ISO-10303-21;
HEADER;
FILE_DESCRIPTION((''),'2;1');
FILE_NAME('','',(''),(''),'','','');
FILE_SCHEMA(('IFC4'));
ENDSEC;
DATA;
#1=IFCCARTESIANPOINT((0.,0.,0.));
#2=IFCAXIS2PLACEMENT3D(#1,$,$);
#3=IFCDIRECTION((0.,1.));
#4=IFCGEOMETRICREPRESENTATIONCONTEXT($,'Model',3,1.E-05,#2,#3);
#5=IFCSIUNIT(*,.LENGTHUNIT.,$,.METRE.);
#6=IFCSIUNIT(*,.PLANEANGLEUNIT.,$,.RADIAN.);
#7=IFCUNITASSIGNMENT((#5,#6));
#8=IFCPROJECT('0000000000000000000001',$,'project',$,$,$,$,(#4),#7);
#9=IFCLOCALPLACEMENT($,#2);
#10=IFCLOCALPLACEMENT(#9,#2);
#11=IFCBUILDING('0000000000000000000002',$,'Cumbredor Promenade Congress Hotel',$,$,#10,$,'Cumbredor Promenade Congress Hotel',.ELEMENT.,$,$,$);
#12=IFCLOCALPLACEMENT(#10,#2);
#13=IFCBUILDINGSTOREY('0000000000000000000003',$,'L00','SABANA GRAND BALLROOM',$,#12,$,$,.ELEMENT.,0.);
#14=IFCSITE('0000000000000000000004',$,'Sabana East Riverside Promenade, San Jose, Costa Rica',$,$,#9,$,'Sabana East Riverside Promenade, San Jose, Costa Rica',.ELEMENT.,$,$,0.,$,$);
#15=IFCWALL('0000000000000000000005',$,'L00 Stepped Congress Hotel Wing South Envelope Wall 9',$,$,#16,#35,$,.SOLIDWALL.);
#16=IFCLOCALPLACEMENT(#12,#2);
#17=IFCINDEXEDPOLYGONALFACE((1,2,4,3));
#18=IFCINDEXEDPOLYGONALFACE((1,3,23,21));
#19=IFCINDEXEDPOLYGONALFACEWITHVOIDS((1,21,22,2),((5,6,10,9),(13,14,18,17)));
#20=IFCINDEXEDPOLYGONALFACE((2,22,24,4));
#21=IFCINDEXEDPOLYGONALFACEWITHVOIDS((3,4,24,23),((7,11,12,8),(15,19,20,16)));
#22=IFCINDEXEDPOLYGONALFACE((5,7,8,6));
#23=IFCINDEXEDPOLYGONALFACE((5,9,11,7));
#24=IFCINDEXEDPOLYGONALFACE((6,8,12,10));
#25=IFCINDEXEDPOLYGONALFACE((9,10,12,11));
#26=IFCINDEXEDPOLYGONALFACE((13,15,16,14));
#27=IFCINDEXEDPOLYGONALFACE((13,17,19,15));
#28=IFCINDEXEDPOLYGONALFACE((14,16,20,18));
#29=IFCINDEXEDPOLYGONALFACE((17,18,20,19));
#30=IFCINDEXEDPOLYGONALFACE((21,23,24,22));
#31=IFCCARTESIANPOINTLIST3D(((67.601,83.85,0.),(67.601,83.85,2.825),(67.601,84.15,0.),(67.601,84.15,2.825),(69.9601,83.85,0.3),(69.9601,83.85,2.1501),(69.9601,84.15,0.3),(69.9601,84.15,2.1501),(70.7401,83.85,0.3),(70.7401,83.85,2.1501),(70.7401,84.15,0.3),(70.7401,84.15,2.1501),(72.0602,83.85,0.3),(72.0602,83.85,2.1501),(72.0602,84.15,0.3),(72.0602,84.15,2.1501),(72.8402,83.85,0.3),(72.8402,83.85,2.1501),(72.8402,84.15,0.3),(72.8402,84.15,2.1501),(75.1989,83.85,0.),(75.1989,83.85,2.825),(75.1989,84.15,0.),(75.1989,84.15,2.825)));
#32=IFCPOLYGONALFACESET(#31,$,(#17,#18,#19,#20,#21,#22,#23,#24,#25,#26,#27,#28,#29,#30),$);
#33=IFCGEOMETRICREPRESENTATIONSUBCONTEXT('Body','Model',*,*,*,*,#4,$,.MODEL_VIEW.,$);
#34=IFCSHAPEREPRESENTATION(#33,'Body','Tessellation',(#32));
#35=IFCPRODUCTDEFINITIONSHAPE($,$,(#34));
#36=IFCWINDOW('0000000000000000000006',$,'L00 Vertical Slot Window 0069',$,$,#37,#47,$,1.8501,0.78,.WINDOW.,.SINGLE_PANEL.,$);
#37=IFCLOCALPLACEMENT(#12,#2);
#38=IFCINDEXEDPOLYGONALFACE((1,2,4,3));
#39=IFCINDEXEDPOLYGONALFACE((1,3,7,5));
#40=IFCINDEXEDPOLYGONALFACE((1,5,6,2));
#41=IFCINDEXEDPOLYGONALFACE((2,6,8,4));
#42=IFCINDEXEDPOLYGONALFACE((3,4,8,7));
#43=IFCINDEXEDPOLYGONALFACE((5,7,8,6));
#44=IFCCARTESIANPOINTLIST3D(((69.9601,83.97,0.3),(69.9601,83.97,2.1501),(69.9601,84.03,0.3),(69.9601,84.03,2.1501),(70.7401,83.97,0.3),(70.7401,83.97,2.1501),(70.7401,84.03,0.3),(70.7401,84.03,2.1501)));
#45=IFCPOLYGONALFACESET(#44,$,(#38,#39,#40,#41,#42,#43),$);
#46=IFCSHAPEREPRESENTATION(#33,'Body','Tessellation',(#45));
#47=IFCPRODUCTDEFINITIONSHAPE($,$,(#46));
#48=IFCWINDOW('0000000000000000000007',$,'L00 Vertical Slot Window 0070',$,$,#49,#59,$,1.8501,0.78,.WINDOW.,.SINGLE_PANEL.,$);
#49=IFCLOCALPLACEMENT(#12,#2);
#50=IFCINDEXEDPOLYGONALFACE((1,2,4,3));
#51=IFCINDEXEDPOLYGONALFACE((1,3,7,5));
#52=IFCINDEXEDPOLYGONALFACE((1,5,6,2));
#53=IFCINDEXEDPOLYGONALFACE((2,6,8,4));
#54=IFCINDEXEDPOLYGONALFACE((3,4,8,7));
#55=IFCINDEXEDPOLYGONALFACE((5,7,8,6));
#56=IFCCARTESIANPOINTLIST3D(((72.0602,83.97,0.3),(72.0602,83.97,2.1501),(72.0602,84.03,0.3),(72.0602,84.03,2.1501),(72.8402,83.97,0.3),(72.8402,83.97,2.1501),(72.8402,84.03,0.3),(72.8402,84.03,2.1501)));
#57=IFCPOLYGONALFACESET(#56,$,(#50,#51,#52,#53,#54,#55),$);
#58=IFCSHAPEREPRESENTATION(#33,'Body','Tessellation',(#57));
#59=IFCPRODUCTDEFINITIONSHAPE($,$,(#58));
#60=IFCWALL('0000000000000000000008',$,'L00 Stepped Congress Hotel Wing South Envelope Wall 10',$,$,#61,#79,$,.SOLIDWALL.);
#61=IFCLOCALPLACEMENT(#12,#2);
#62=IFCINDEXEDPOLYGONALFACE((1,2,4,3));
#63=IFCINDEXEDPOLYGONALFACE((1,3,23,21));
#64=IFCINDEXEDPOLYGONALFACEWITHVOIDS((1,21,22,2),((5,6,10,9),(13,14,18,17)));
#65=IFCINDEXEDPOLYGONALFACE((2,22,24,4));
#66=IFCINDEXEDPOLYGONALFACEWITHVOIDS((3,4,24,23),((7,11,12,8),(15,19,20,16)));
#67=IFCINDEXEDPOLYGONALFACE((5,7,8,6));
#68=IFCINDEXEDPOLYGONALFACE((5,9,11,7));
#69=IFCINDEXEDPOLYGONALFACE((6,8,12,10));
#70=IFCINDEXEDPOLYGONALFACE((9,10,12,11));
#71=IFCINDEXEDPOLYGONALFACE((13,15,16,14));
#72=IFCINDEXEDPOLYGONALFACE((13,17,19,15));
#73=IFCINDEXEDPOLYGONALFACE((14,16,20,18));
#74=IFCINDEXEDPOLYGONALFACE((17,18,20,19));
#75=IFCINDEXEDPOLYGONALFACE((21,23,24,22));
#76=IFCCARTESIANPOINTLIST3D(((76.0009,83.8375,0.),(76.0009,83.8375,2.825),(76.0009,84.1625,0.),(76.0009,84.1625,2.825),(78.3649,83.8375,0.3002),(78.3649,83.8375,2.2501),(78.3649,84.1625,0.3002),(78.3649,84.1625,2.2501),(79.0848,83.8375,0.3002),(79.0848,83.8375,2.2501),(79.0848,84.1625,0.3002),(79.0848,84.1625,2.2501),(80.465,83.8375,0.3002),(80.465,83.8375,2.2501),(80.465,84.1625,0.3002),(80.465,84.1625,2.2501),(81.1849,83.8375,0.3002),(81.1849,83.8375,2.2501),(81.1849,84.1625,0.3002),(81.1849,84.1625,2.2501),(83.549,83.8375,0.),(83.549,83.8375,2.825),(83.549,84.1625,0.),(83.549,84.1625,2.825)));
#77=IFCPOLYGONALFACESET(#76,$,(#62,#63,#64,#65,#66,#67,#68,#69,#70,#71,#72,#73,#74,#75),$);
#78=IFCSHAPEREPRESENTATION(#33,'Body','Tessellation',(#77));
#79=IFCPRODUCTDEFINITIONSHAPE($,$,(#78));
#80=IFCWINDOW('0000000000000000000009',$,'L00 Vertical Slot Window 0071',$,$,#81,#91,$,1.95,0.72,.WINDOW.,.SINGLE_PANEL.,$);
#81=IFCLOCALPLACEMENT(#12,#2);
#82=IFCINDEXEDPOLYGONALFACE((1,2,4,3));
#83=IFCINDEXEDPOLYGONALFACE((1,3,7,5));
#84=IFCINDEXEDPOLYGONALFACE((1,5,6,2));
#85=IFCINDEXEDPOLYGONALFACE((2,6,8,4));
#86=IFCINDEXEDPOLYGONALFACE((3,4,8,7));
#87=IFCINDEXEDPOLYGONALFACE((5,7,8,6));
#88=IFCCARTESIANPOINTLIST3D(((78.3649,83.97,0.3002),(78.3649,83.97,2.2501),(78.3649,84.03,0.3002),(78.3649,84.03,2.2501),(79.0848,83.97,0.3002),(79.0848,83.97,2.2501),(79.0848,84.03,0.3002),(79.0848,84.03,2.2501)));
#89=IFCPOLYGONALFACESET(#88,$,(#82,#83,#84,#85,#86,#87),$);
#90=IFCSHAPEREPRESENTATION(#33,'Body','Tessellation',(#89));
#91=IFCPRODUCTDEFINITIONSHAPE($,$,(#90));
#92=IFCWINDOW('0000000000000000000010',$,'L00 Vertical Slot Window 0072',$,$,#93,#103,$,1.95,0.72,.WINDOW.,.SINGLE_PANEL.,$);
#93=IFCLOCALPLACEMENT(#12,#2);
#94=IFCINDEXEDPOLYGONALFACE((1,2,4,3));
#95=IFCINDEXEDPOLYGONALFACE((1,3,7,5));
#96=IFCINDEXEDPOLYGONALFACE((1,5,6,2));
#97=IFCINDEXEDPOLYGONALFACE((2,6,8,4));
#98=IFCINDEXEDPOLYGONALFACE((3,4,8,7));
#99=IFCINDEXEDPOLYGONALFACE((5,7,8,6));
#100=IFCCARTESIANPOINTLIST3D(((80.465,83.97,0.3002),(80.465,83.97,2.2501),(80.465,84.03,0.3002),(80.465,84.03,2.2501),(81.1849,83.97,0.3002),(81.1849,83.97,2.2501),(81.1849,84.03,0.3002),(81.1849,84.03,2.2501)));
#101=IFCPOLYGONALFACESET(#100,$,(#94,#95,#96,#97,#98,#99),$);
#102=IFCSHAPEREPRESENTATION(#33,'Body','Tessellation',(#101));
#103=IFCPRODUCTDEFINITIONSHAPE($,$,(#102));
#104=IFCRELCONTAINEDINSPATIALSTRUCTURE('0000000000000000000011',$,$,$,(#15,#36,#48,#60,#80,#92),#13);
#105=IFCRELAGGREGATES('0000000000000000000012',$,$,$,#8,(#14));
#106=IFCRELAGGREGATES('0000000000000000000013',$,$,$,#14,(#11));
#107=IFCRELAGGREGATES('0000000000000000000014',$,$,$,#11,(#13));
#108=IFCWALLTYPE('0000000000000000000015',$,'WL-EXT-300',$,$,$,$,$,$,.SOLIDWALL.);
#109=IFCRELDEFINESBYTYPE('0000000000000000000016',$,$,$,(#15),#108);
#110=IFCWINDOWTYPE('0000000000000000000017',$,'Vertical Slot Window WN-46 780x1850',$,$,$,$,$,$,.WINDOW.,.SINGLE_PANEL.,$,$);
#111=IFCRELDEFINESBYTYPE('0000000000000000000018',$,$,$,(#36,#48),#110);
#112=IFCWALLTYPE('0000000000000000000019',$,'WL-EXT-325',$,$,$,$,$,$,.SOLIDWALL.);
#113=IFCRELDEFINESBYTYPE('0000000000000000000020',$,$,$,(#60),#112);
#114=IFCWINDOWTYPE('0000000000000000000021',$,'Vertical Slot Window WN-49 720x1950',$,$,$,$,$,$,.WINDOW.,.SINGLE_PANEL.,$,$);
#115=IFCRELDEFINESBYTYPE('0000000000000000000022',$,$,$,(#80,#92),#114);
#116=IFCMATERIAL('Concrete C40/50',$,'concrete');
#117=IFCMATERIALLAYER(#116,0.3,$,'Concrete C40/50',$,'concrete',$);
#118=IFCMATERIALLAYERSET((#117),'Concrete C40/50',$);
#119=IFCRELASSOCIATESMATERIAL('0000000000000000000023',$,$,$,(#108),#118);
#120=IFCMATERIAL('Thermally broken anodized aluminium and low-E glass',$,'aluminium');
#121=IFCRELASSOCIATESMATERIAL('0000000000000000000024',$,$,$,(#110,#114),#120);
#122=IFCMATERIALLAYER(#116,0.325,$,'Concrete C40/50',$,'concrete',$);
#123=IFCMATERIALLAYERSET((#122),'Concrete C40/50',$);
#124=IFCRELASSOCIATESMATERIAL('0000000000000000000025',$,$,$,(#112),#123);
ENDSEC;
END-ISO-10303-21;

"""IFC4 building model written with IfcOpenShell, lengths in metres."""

from ifc_helpers import new_model, si_unit, direction, frame, frame_2d, origin, place, context, subcontext, project, spatial, rectangle, extrude, material, layer, layer_set, type_object, element, fill, save


model = new_model("IFC4")

# Units and contexts
model_context = context("Model", 3, precision=1e-05, world=origin(), true_north=direction((0.0, 1.0)))
body_context = subcontext(model_context, "Body", "Model", "MODEL_VIEW")
ifc_project = project(units=[si_unit("LENGTHUNIT", "METRE"), si_unit("PLANEANGLEUNIT", "RADIAN")], contexts=[model_context])

# Site, building, storey
site_placement = place(None, origin())
site = spatial("IfcSite", under=ifc_project, at=site_placement, Name="Sabana East Riverside Promenade, San Jose, Costa Rica", LongName="Sabana East Riverside Promenade, San Jose, Costa Rica", CompositionType="ELEMENT", RefElevation=0.0)
building_placement = place(site_placement, origin())
building = spatial("IfcBuilding", under=site, at=building_placement, Name="Cumbredor Promenade Congress Hotel", LongName="Cumbredor Promenade Congress Hotel", CompositionType="ELEMENT")
storey_placement = place(building_placement, origin())
storey = spatial("IfcBuildingStorey", under=building, at=storey_placement, Name="L00", Description="SABANA GRAND BALLROOM", CompositionType="ELEMENT", Elevation=0.0)

# Shared definitions
ifc_material_1 = material(Name="Concrete C40/50", Category="concrete")

# Walls, openings, windows
ifc_layer_1 = layer(ifc_material_1, 0.3, Name="Concrete C40/50", Category="concrete")
ifc_layer_set_1 = layer_set([ifc_layer_1], Name="Concrete C40/50")
wall_type_1 = type_object("IfcWallType", Name="WL-EXT-300", PredefinedType="SOLIDWALL", material=ifc_layer_set_1)
wall_1_placement = place(storey_placement, frame((67.6011, 84.0, 0.0), z_axis=(0.0, 0.0, 1.0), x_axis=(1.0, 0.0, 0.0)))
wall_1 = element("IfcWall", 1, at=wall_1_placement, inside=storey, type_object=wall_type_1, Name="L00 Stepped Congress Hotel Wing South Envelope Wall 9", PredefinedType="SOLIDWALL", context=body_context, shape_type="SweptSolid", body=[
    extrude(rectangle(XDim=7.5979, YDim=0.3, at=frame_2d((3.7988, 0.0))), origin(), (0.0, 0.0, 1.0), 2.825),
])
opening_1_placement = place(wall_1_placement, frame((2.3589, 0.0, 0.3)))
opening_1 = element("IfcOpeningElement", 2, at=opening_1_placement, cuts=wall_1, PredefinedType="OPENING", context=body_context, shape_type="SweptSolid", body=[
    extrude(rectangle(XDim=0.78, YDim=1.8501, at=frame_2d((0.3901, 0.925))), frame((0.0, 0.1602, 0.0), z_axis=(0.0, -1.0, 0.0), x_axis=(1.0, 0.0, 0.0)), (0.0, 0.0, 1.0), 0.3201),
])
opening_2_placement = place(wall_1_placement, frame((4.459, 0.0, 0.3)))
opening_2 = element("IfcOpeningElement", 3, at=opening_2_placement, cuts=wall_1, PredefinedType="OPENING", context=body_context, shape_type="SweptSolid", body=[
    extrude(rectangle(XDim=0.78, YDim=1.8501, at=frame_2d((0.3901, 0.925))), frame((0.0, 0.1602, 0.0), z_axis=(0.0, -1.0, 0.0), x_axis=(1.0, 0.0, 0.0)), (0.0, 0.0, 1.0), 0.3201),
])
ifc_material_2 = material(Name="Thermally broken anodized aluminium and low-E glass", Category="aluminium")
window_type_1 = type_object("IfcWindowType", Name="Vertical Slot Window WN-46 780x1850", PartitioningType="SINGLE_PANEL", PredefinedType="WINDOW", material=ifc_material_2)
window_1_placement = place(opening_1_placement, origin())
window_1 = element("IfcWindow", 4, at=window_1_placement, inside=storey, type_object=window_type_1, Name="L00 Vertical Slot Window 0069", OverallHeight=1.8501, OverallWidth=0.78, PartitioningType="SINGLE_PANEL", PredefinedType="WINDOW", context=body_context, shape_type="SweptSolid", body=[
    extrude(rectangle(XDim=0.78, YDim=1.8501, at=frame_2d((0.3901, 0.925))), frame((0.0, 0.03, 0.0), z_axis=(0.0, -1.0, 0.0), x_axis=(1.0, 0.0, 0.0)), (0.0, 0.0, 1.0), 0.0601),
])
fill(opening_1, window_1)
window_2_placement = place(opening_2_placement, origin())
window_2 = element("IfcWindow", 5, at=window_2_placement, inside=storey, type_object=window_type_1, Name="L00 Vertical Slot Window 0070", OverallHeight=1.8501, OverallWidth=0.78, PartitioningType="SINGLE_PANEL", PredefinedType="WINDOW", context=body_context, shape_type="SweptSolid", body=[
    extrude(rectangle(XDim=0.78, YDim=1.8501, at=frame_2d((0.3901, 0.925))), frame((0.0, 0.03, 0.0), z_axis=(0.0, -1.0, 0.0), x_axis=(1.0, 0.0, 0.0)), (0.0, 0.0, 1.0), 0.0601),
])
fill(opening_2, window_2)
ifc_layer_2 = layer(ifc_material_1, 0.325, Name="Concrete C40/50", Category="concrete")
ifc_layer_set_2 = layer_set([ifc_layer_2], Name="Concrete C40/50")
wall_type_2 = type_object("IfcWallType", Name="WL-EXT-325", PredefinedType="SOLIDWALL", material=ifc_layer_set_2)
wall_2_placement = place(storey_placement, frame((76.001, 84.0, 0.0), z_axis=(0.0, 0.0, 1.0), x_axis=(1.0, 0.0, 0.0)))
wall_2 = element("IfcWall", 6, at=wall_2_placement, inside=storey, type_object=wall_type_2, Name="L00 Stepped Congress Hotel Wing South Envelope Wall 10", PredefinedType="SOLIDWALL", context=body_context, shape_type="SweptSolid", body=[
    extrude(rectangle(XDim=7.5481, YDim=0.325, at=frame_2d((3.7739, 0.0))), origin(), (0.0, 0.0, 1.0), 2.825),
])
opening_3_placement = place(wall_2_placement, frame((2.364, 0.0, 0.3)))
opening_3 = element("IfcOpeningElement", 7, at=opening_3_placement, cuts=wall_2, PredefinedType="OPENING", context=body_context, shape_type="SweptSolid", body=[
    extrude(rectangle(XDim=0.72, YDim=1.95, at=frame_2d((0.3599, 0.9751))), frame((0.0, 0.1724, 0.0), z_axis=(0.0, -1.0, 0.0), x_axis=(1.0, 0.0, 0.0)), (0.0, 0.0, 1.0), 0.345),
])
opening_4_placement = place(wall_2_placement, frame((4.4641, 0.0, 0.3)))
opening_4 = element("IfcOpeningElement", 8, at=opening_4_placement, cuts=wall_2, PredefinedType="OPENING", context=body_context, shape_type="SweptSolid", body=[
    extrude(rectangle(XDim=0.72, YDim=1.95, at=frame_2d((0.3599, 0.9751))), frame((0.0, 0.1724, 0.0), z_axis=(0.0, -1.0, 0.0), x_axis=(1.0, 0.0, 0.0)), (0.0, 0.0, 1.0), 0.345),
])
window_type_2 = type_object("IfcWindowType", Name="Vertical Slot Window WN-49 720x1950", PartitioningType="SINGLE_PANEL", PredefinedType="WINDOW", material=ifc_material_2)
window_3_placement = place(opening_3_placement, origin())
window_3 = element("IfcWindow", 9, at=window_3_placement, inside=storey, type_object=window_type_2, Name="L00 Vertical Slot Window 0071", OverallHeight=1.95, OverallWidth=0.72, PartitioningType="SINGLE_PANEL", PredefinedType="WINDOW", context=body_context, shape_type="SweptSolid", body=[
    extrude(rectangle(XDim=0.72, YDim=1.95, at=frame_2d((0.3599, 0.9751))), frame((0.0, 0.03, 0.0), z_axis=(0.0, -1.0, 0.0), x_axis=(1.0, 0.0, 0.0)), (0.0, 0.0, 1.0), 0.0601),
])
fill(opening_3, window_3)
window_4_placement = place(opening_4_placement, origin())
window_4 = element("IfcWindow", 10, at=window_4_placement, inside=storey, type_object=window_type_2, Name="L00 Vertical Slot Window 0072", OverallHeight=1.95, OverallWidth=0.72, PartitioningType="SINGLE_PANEL", PredefinedType="WINDOW", context=body_context, shape_type="SweptSolid", body=[
    extrude(rectangle(XDim=0.72, YDim=1.95, at=frame_2d((0.3599, 0.9751))), frame((0.0, 0.03, 0.0), z_axis=(0.0, -1.0, 0.0), x_axis=(1.0, 0.0, 0.0)), (0.0, 0.0, 1.0), 0.0601),
])
fill(opening_4, window_4)

save(model, "model.ifc")
